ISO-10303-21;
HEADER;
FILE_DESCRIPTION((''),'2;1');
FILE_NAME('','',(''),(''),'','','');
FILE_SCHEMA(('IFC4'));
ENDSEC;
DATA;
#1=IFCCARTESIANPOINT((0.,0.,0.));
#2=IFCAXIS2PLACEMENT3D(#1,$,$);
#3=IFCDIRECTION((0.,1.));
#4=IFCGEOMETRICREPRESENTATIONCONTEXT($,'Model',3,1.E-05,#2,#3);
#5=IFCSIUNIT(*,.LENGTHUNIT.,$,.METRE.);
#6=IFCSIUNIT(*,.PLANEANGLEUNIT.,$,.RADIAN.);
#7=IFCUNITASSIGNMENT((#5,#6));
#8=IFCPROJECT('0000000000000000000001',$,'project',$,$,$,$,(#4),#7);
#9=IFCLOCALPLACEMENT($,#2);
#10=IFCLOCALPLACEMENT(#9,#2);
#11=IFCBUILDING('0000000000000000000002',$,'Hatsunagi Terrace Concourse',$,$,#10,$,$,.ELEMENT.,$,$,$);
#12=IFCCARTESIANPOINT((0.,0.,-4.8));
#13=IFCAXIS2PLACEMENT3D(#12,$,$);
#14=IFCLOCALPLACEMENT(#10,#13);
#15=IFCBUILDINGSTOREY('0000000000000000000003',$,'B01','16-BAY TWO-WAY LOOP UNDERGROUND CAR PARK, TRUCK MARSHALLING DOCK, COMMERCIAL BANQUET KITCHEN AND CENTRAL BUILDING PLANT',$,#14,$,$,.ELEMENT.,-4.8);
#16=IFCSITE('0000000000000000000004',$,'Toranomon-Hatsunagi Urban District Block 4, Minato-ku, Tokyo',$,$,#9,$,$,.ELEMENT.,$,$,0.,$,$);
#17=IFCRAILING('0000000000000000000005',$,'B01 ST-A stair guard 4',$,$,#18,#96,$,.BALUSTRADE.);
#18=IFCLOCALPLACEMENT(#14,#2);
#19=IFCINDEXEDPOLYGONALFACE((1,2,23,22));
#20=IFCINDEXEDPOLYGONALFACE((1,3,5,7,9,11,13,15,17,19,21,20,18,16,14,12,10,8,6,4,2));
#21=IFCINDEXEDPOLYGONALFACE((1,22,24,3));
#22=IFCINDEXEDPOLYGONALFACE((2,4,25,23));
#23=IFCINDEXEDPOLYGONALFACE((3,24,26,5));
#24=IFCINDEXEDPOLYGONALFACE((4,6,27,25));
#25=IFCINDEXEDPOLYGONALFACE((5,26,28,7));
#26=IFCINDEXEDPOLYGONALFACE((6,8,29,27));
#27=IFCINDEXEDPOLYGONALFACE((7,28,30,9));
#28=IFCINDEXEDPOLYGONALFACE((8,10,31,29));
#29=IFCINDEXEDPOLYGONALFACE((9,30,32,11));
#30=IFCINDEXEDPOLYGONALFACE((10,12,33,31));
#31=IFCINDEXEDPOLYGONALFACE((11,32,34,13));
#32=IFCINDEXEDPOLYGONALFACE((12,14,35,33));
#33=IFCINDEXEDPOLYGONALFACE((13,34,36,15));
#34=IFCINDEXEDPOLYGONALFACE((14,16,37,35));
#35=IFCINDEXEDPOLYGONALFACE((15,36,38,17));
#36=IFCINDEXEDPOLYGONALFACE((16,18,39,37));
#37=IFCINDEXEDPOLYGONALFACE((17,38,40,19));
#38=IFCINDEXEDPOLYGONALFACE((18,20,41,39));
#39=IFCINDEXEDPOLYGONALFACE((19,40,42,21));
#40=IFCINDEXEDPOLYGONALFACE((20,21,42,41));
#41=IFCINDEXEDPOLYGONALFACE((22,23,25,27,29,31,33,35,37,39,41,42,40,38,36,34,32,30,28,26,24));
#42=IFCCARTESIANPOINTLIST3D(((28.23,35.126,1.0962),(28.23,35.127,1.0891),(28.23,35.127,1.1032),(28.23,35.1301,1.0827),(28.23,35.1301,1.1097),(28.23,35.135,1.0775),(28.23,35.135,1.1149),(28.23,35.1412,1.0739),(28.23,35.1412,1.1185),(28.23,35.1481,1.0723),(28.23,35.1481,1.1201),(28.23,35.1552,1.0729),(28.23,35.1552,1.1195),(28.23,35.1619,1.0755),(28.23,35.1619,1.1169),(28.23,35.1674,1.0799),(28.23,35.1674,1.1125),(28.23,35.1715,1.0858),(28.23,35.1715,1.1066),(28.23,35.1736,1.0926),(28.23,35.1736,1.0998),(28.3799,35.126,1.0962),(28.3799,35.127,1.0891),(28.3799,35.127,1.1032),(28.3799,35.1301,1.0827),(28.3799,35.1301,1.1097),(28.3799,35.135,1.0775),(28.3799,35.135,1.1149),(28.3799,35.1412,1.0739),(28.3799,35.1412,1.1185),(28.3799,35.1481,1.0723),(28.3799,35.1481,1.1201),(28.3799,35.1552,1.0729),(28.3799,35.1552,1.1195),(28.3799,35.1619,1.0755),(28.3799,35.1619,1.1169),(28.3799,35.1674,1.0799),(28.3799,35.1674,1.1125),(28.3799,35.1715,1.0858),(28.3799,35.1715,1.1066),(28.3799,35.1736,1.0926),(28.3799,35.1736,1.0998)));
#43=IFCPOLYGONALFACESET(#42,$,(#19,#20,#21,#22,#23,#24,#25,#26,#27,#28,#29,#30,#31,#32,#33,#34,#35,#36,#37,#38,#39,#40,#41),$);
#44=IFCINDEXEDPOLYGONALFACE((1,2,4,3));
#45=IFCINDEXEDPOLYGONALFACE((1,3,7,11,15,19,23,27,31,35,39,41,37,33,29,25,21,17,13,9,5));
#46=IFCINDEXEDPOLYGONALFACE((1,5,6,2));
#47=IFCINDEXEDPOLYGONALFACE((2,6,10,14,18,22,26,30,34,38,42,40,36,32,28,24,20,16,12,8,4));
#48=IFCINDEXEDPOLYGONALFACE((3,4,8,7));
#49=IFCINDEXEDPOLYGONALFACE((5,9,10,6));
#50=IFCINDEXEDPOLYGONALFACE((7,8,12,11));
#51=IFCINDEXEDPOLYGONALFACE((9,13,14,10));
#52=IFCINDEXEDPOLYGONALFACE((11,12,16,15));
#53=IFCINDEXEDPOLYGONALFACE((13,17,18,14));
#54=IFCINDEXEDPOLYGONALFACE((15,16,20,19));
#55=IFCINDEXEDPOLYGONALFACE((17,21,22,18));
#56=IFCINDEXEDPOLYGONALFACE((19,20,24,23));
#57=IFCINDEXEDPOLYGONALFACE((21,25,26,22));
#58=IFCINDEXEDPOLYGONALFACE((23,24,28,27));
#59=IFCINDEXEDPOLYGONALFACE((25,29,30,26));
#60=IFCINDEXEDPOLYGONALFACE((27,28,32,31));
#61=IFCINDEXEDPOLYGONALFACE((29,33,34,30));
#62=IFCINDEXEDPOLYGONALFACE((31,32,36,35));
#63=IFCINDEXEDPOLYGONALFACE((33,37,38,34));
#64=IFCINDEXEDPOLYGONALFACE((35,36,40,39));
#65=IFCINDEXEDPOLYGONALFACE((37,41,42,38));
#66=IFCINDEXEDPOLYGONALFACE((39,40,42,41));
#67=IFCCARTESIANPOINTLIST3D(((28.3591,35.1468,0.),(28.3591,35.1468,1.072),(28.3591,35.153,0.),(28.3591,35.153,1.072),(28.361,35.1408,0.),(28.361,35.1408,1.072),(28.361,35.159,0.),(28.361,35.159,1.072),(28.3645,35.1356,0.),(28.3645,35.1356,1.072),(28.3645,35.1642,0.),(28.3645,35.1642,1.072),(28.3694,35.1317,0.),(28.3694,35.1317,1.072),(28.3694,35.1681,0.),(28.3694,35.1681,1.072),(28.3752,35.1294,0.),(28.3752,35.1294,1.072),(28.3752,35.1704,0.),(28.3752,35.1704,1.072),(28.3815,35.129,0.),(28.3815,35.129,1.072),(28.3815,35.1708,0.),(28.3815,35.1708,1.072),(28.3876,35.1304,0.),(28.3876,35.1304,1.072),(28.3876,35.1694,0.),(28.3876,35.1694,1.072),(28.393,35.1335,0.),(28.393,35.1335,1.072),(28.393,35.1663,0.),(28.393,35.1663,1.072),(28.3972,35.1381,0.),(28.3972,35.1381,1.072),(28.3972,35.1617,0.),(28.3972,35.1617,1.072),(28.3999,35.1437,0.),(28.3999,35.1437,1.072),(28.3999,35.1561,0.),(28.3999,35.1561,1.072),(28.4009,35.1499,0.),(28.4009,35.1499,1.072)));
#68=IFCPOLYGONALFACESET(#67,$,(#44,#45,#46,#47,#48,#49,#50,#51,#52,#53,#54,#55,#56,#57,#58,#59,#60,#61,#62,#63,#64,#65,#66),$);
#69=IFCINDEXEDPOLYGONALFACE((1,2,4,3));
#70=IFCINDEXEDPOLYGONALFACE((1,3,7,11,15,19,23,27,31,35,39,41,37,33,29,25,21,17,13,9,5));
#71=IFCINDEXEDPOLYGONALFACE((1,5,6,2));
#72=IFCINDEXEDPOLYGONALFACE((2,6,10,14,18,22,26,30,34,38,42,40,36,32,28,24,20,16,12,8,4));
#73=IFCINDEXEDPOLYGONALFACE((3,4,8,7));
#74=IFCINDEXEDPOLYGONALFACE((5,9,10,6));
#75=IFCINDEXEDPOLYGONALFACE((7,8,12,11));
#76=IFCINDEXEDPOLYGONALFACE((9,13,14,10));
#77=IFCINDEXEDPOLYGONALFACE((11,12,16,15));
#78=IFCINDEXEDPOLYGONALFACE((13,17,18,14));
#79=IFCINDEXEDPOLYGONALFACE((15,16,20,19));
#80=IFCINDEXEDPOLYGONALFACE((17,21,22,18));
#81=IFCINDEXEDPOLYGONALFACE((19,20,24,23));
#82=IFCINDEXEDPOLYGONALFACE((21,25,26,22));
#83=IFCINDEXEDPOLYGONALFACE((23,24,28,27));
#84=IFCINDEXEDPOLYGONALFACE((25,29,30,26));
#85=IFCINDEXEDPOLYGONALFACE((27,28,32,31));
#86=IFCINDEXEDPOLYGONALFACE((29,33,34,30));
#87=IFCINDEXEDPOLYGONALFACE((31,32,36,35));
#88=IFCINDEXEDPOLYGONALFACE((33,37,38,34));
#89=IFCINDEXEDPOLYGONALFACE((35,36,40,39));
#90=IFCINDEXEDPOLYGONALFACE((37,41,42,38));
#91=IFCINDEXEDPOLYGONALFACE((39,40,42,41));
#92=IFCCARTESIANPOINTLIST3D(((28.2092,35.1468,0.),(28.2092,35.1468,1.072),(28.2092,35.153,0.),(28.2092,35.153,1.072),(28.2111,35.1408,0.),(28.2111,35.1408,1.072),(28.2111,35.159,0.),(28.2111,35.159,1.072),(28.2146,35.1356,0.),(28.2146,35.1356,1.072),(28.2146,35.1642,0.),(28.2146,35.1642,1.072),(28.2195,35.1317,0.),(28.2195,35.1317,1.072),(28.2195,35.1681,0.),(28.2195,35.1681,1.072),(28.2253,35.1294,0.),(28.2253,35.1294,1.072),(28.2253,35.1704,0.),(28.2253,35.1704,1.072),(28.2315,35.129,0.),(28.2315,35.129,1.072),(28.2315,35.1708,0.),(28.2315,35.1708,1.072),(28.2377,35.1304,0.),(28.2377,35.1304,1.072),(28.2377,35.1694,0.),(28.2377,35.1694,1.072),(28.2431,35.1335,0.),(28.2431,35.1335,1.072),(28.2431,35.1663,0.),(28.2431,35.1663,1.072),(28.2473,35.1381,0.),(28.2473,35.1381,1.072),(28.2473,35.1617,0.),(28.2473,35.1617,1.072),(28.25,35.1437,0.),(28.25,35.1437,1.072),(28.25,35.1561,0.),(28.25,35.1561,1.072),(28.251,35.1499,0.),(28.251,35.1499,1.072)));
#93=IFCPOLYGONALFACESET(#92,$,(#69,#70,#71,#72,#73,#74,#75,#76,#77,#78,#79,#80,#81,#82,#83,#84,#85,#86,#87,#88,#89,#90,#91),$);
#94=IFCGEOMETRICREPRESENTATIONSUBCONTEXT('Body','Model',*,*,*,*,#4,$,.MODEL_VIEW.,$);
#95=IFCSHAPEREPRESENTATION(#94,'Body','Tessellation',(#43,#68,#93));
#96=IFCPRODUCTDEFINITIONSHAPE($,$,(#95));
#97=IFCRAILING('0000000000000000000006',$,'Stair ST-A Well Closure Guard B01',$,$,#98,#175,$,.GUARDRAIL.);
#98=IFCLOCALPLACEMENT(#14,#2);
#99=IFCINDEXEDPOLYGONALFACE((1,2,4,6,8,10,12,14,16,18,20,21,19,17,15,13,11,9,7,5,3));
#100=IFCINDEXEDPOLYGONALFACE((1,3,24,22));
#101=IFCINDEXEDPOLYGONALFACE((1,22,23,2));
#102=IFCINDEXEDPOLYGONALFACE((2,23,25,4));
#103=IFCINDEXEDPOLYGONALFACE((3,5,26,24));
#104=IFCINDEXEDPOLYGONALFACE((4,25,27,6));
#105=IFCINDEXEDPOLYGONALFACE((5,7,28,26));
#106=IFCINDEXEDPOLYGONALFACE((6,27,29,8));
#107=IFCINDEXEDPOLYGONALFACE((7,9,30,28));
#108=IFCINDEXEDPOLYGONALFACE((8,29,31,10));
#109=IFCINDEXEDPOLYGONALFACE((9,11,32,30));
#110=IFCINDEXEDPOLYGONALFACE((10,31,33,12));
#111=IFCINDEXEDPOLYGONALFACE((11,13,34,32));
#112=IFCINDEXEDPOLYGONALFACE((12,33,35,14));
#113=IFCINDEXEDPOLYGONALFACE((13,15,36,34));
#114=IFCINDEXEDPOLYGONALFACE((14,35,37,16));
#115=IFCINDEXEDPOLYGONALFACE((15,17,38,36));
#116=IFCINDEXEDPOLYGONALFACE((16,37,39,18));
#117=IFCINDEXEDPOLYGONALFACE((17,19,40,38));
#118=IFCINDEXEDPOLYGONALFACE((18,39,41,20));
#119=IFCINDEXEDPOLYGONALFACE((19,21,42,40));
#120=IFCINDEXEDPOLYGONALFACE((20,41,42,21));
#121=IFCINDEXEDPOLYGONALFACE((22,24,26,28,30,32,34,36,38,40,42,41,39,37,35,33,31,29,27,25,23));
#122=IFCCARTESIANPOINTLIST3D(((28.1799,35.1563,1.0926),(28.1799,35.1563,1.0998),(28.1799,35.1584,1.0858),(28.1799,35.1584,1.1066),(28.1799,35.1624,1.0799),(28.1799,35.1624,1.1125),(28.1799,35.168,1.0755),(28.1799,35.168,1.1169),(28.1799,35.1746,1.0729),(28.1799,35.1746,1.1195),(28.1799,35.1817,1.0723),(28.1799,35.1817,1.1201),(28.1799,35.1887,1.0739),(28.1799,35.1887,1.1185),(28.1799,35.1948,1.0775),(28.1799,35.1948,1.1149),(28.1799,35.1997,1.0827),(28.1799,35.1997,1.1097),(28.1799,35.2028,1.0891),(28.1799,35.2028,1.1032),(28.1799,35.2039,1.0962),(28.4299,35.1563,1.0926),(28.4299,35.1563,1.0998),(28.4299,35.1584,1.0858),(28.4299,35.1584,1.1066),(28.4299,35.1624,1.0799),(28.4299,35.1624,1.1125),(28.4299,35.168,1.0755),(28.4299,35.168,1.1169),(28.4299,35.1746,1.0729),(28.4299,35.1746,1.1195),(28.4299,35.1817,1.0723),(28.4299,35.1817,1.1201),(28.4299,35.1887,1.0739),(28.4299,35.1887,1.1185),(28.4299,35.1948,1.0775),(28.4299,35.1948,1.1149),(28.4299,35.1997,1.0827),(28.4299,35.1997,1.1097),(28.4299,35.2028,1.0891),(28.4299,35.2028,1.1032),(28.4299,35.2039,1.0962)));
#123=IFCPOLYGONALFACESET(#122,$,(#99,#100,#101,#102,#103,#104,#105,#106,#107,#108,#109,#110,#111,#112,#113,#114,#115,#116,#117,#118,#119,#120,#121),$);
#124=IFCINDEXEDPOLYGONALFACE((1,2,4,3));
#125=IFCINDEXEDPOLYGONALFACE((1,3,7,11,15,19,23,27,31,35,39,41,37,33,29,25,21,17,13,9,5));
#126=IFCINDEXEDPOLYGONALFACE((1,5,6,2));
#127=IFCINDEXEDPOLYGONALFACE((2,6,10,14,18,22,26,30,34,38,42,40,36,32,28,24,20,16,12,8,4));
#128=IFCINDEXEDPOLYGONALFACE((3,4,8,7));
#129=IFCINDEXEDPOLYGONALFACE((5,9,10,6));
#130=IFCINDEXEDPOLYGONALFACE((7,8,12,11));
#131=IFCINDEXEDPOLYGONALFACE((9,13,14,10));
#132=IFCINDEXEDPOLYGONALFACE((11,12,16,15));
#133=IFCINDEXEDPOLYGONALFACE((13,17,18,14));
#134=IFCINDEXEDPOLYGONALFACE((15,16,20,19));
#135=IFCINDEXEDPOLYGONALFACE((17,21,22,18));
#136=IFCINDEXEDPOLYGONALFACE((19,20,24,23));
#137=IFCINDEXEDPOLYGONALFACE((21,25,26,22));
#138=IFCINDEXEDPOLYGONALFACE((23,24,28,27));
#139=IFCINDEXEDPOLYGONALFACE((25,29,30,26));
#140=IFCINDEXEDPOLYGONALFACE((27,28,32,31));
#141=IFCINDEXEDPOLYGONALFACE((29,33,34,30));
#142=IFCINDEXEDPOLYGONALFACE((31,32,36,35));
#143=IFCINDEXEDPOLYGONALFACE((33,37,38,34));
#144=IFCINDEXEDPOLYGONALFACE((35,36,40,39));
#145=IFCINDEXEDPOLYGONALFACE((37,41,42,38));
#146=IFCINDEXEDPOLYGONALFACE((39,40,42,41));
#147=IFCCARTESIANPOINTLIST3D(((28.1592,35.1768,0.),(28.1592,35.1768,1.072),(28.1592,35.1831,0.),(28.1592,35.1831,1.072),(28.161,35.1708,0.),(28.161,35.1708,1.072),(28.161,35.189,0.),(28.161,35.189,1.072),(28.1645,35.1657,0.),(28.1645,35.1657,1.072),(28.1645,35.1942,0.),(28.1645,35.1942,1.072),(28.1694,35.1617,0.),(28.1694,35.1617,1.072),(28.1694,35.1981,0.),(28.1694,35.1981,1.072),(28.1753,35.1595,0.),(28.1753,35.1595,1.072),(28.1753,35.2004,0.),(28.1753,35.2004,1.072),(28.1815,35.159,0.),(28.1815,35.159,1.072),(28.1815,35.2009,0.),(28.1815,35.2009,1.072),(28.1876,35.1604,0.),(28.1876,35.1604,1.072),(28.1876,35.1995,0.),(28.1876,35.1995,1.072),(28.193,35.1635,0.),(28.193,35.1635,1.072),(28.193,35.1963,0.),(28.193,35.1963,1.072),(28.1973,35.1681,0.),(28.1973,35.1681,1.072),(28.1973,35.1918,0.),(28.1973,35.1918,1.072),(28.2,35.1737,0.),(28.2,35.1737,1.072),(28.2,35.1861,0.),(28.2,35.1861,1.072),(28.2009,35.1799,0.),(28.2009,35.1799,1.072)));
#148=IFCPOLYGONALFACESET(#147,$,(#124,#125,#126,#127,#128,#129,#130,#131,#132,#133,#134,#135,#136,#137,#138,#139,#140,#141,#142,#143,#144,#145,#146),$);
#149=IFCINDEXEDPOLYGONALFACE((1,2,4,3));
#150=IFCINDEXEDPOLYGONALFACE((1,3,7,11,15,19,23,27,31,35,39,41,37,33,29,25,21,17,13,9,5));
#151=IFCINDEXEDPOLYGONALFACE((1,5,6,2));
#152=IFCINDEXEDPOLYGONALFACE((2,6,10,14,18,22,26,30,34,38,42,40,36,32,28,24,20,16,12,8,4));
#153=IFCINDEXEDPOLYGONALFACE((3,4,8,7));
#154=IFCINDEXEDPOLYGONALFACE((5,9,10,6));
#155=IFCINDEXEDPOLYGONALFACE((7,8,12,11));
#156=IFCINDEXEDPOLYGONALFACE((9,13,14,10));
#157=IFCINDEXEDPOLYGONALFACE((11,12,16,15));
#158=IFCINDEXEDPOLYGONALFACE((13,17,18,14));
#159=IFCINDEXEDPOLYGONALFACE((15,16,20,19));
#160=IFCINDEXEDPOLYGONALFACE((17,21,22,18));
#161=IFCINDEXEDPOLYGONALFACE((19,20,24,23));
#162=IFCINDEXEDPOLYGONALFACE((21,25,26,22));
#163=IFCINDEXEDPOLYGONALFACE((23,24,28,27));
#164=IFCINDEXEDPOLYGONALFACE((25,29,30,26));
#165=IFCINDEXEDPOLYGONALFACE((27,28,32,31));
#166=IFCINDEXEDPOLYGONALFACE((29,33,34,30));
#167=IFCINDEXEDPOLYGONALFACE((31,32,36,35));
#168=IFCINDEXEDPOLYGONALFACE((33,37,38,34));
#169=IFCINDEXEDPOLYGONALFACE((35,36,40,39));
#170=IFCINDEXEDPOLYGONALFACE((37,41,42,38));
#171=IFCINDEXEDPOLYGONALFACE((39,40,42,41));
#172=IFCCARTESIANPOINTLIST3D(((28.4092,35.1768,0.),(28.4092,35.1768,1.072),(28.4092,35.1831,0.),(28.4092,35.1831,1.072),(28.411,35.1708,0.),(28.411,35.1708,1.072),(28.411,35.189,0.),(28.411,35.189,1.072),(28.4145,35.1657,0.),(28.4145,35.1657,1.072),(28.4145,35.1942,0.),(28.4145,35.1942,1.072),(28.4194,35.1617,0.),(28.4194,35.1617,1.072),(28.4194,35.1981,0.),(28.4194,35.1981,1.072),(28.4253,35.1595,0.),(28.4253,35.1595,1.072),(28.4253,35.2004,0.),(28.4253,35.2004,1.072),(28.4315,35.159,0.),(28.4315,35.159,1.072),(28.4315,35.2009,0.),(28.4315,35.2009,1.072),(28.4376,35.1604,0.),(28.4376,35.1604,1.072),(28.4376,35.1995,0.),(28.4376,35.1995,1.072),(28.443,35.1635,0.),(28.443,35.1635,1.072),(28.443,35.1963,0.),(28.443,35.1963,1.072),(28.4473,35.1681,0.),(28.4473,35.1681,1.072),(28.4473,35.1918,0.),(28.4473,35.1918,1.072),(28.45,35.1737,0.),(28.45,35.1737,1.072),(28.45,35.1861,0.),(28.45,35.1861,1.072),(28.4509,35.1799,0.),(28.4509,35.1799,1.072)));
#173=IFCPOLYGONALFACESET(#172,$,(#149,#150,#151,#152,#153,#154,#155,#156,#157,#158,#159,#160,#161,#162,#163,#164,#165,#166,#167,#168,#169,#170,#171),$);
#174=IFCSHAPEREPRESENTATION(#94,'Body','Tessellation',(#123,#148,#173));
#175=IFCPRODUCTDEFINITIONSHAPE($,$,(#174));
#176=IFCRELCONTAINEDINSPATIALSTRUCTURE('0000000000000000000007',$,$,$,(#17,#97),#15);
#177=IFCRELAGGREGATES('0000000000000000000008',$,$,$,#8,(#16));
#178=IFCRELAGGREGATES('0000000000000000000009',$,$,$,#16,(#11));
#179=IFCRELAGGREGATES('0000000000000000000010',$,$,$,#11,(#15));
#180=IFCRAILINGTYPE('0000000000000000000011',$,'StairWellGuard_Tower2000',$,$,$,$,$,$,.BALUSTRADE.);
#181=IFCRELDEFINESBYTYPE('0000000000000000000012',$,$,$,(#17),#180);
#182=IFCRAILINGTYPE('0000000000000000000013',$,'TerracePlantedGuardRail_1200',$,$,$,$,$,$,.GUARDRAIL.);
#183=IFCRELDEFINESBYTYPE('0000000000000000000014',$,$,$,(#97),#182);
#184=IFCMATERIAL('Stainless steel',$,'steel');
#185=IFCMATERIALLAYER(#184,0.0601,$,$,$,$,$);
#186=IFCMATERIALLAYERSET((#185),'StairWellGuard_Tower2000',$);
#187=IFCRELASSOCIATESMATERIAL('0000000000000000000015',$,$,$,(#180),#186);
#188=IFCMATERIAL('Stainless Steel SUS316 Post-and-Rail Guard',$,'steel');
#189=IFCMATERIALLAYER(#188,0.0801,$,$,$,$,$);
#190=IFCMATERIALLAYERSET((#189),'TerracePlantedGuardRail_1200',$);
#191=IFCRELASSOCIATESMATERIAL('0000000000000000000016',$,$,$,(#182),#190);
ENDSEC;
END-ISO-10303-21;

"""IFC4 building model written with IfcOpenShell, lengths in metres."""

from ifc_helpers import new_model, si_unit, direction, frame, origin, origin_2d, place, context, subcontext, project, spatial, circle, extrude, material, layer, layer_set, type_object, element, save


model = new_model("IFC4")

# Units and contexts
model_context = context("Model", 3, precision=1e-05, world=origin(), true_north=direction((0.0, 1.0)))
body_context = subcontext(model_context, "Body", "Model", "MODEL_VIEW")
ifc_project = project(units=[si_unit("LENGTHUNIT", "METRE"), si_unit("PLANEANGLEUNIT", "RADIAN")], contexts=[model_context])

# Site, building, storey
site_placement = place(None, origin())
site = spatial("IfcSite", under=ifc_project, at=site_placement, Name="Toranomon-Hatsunagi Urban District Block 4, Minato-ku, Tokyo", CompositionType="ELEMENT", RefElevation=0.0)
building_placement = place(site_placement, origin())
building = spatial("IfcBuilding", under=site, at=building_placement, Name="Hatsunagi Terrace Concourse", CompositionType="ELEMENT")
storey_placement = place(building_placement, frame((0.0, 0.0, -4.8)))
storey = spatial("IfcBuildingStorey", under=building, at=storey_placement, Name="B01", Description="16-BAY TWO-WAY LOOP UNDERGROUND CAR PARK, TRUCK MARSHALLING DOCK, COMMERCIAL BANQUET KITCHEN AND CENTRAL BUILDING PLANT", CompositionType="ELEMENT", Elevation=-4.8)

# Railings
ifc_material_1 = material(Name="Stainless steel", Category="steel")
ifc_layer_1 = layer(ifc_material_1, 0.0601)
ifc_layer_set_1 = layer_set([ifc_layer_1], Name="StairWellGuard_Tower2000")
railing_type_1 = type_object("IfcRailingType", Name="StairWellGuard_Tower2000", PredefinedType="BALUSTRADE", material=ifc_layer_set_1)
railing_1_placement = place(storey_placement, frame((28.3799, 35.1499, 0.0)))
element("IfcRailing", 1, at=railing_1_placement, inside=storey, type_object=railing_type_1, Name="B01 ST-A stair guard 4", PredefinedType="BALUSTRADE", context=body_context, shape_type="SweptSolid", body=[
    extrude(circle(Radius=0.0239, at=origin_2d()), frame((0.0, 0.0, 1.0962), z_axis=(-1.0, 0.0, 0.0), x_axis=(0.0, -1.0, 0.0)), (0.0, 0.0, 1.0), 0.1499),
    extrude(circle(Radius=0.021, at=origin_2d()), origin(), (0.0, 0.0, 1.0), 1.072),
    extrude(circle(Radius=0.021, at=origin_2d()), frame((-0.1499, 0.0, 0.0)), (0.0, 0.0, 1.0), 1.072),
])
ifc_material_2 = material(Name="Stainless Steel SUS316 Post-and-Rail Guard", Category="steel")
ifc_layer_2 = layer(ifc_material_2, 0.0801)
ifc_layer_set_2 = layer_set([ifc_layer_2], Name="TerracePlantedGuardRail_1200")
railing_type_2 = type_object("IfcRailingType", Name="TerracePlantedGuardRail_1200", PredefinedType="GUARDRAIL", material=ifc_layer_set_2)
railing_2_placement = place(storey_placement, frame((28.1799, 35.1799, 0.0)))
element("IfcRailing", 2, at=railing_2_placement, inside=storey, type_object=railing_type_2, Name="Stair ST-A Well Closure Guard B01", PredefinedType="GUARDRAIL", context=body_context, shape_type="SweptSolid", body=[
    extrude(circle(Radius=0.0239, at=origin_2d()), frame((0.0, 0.0, 1.0962), z_axis=(1.0, 0.0, 0.0), x_axis=(0.0, 1.0, 0.0)), (0.0, 0.0, 1.0), 0.25),
    extrude(circle(Radius=0.021, at=origin_2d()), origin(), (0.0, 0.0, 1.0), 1.072),
    extrude(circle(Radius=0.021, at=origin_2d()), frame((0.25, 0.0, 0.0)), (0.0, 0.0, 1.0), 1.072),
])

save(model, "model.ifc")
